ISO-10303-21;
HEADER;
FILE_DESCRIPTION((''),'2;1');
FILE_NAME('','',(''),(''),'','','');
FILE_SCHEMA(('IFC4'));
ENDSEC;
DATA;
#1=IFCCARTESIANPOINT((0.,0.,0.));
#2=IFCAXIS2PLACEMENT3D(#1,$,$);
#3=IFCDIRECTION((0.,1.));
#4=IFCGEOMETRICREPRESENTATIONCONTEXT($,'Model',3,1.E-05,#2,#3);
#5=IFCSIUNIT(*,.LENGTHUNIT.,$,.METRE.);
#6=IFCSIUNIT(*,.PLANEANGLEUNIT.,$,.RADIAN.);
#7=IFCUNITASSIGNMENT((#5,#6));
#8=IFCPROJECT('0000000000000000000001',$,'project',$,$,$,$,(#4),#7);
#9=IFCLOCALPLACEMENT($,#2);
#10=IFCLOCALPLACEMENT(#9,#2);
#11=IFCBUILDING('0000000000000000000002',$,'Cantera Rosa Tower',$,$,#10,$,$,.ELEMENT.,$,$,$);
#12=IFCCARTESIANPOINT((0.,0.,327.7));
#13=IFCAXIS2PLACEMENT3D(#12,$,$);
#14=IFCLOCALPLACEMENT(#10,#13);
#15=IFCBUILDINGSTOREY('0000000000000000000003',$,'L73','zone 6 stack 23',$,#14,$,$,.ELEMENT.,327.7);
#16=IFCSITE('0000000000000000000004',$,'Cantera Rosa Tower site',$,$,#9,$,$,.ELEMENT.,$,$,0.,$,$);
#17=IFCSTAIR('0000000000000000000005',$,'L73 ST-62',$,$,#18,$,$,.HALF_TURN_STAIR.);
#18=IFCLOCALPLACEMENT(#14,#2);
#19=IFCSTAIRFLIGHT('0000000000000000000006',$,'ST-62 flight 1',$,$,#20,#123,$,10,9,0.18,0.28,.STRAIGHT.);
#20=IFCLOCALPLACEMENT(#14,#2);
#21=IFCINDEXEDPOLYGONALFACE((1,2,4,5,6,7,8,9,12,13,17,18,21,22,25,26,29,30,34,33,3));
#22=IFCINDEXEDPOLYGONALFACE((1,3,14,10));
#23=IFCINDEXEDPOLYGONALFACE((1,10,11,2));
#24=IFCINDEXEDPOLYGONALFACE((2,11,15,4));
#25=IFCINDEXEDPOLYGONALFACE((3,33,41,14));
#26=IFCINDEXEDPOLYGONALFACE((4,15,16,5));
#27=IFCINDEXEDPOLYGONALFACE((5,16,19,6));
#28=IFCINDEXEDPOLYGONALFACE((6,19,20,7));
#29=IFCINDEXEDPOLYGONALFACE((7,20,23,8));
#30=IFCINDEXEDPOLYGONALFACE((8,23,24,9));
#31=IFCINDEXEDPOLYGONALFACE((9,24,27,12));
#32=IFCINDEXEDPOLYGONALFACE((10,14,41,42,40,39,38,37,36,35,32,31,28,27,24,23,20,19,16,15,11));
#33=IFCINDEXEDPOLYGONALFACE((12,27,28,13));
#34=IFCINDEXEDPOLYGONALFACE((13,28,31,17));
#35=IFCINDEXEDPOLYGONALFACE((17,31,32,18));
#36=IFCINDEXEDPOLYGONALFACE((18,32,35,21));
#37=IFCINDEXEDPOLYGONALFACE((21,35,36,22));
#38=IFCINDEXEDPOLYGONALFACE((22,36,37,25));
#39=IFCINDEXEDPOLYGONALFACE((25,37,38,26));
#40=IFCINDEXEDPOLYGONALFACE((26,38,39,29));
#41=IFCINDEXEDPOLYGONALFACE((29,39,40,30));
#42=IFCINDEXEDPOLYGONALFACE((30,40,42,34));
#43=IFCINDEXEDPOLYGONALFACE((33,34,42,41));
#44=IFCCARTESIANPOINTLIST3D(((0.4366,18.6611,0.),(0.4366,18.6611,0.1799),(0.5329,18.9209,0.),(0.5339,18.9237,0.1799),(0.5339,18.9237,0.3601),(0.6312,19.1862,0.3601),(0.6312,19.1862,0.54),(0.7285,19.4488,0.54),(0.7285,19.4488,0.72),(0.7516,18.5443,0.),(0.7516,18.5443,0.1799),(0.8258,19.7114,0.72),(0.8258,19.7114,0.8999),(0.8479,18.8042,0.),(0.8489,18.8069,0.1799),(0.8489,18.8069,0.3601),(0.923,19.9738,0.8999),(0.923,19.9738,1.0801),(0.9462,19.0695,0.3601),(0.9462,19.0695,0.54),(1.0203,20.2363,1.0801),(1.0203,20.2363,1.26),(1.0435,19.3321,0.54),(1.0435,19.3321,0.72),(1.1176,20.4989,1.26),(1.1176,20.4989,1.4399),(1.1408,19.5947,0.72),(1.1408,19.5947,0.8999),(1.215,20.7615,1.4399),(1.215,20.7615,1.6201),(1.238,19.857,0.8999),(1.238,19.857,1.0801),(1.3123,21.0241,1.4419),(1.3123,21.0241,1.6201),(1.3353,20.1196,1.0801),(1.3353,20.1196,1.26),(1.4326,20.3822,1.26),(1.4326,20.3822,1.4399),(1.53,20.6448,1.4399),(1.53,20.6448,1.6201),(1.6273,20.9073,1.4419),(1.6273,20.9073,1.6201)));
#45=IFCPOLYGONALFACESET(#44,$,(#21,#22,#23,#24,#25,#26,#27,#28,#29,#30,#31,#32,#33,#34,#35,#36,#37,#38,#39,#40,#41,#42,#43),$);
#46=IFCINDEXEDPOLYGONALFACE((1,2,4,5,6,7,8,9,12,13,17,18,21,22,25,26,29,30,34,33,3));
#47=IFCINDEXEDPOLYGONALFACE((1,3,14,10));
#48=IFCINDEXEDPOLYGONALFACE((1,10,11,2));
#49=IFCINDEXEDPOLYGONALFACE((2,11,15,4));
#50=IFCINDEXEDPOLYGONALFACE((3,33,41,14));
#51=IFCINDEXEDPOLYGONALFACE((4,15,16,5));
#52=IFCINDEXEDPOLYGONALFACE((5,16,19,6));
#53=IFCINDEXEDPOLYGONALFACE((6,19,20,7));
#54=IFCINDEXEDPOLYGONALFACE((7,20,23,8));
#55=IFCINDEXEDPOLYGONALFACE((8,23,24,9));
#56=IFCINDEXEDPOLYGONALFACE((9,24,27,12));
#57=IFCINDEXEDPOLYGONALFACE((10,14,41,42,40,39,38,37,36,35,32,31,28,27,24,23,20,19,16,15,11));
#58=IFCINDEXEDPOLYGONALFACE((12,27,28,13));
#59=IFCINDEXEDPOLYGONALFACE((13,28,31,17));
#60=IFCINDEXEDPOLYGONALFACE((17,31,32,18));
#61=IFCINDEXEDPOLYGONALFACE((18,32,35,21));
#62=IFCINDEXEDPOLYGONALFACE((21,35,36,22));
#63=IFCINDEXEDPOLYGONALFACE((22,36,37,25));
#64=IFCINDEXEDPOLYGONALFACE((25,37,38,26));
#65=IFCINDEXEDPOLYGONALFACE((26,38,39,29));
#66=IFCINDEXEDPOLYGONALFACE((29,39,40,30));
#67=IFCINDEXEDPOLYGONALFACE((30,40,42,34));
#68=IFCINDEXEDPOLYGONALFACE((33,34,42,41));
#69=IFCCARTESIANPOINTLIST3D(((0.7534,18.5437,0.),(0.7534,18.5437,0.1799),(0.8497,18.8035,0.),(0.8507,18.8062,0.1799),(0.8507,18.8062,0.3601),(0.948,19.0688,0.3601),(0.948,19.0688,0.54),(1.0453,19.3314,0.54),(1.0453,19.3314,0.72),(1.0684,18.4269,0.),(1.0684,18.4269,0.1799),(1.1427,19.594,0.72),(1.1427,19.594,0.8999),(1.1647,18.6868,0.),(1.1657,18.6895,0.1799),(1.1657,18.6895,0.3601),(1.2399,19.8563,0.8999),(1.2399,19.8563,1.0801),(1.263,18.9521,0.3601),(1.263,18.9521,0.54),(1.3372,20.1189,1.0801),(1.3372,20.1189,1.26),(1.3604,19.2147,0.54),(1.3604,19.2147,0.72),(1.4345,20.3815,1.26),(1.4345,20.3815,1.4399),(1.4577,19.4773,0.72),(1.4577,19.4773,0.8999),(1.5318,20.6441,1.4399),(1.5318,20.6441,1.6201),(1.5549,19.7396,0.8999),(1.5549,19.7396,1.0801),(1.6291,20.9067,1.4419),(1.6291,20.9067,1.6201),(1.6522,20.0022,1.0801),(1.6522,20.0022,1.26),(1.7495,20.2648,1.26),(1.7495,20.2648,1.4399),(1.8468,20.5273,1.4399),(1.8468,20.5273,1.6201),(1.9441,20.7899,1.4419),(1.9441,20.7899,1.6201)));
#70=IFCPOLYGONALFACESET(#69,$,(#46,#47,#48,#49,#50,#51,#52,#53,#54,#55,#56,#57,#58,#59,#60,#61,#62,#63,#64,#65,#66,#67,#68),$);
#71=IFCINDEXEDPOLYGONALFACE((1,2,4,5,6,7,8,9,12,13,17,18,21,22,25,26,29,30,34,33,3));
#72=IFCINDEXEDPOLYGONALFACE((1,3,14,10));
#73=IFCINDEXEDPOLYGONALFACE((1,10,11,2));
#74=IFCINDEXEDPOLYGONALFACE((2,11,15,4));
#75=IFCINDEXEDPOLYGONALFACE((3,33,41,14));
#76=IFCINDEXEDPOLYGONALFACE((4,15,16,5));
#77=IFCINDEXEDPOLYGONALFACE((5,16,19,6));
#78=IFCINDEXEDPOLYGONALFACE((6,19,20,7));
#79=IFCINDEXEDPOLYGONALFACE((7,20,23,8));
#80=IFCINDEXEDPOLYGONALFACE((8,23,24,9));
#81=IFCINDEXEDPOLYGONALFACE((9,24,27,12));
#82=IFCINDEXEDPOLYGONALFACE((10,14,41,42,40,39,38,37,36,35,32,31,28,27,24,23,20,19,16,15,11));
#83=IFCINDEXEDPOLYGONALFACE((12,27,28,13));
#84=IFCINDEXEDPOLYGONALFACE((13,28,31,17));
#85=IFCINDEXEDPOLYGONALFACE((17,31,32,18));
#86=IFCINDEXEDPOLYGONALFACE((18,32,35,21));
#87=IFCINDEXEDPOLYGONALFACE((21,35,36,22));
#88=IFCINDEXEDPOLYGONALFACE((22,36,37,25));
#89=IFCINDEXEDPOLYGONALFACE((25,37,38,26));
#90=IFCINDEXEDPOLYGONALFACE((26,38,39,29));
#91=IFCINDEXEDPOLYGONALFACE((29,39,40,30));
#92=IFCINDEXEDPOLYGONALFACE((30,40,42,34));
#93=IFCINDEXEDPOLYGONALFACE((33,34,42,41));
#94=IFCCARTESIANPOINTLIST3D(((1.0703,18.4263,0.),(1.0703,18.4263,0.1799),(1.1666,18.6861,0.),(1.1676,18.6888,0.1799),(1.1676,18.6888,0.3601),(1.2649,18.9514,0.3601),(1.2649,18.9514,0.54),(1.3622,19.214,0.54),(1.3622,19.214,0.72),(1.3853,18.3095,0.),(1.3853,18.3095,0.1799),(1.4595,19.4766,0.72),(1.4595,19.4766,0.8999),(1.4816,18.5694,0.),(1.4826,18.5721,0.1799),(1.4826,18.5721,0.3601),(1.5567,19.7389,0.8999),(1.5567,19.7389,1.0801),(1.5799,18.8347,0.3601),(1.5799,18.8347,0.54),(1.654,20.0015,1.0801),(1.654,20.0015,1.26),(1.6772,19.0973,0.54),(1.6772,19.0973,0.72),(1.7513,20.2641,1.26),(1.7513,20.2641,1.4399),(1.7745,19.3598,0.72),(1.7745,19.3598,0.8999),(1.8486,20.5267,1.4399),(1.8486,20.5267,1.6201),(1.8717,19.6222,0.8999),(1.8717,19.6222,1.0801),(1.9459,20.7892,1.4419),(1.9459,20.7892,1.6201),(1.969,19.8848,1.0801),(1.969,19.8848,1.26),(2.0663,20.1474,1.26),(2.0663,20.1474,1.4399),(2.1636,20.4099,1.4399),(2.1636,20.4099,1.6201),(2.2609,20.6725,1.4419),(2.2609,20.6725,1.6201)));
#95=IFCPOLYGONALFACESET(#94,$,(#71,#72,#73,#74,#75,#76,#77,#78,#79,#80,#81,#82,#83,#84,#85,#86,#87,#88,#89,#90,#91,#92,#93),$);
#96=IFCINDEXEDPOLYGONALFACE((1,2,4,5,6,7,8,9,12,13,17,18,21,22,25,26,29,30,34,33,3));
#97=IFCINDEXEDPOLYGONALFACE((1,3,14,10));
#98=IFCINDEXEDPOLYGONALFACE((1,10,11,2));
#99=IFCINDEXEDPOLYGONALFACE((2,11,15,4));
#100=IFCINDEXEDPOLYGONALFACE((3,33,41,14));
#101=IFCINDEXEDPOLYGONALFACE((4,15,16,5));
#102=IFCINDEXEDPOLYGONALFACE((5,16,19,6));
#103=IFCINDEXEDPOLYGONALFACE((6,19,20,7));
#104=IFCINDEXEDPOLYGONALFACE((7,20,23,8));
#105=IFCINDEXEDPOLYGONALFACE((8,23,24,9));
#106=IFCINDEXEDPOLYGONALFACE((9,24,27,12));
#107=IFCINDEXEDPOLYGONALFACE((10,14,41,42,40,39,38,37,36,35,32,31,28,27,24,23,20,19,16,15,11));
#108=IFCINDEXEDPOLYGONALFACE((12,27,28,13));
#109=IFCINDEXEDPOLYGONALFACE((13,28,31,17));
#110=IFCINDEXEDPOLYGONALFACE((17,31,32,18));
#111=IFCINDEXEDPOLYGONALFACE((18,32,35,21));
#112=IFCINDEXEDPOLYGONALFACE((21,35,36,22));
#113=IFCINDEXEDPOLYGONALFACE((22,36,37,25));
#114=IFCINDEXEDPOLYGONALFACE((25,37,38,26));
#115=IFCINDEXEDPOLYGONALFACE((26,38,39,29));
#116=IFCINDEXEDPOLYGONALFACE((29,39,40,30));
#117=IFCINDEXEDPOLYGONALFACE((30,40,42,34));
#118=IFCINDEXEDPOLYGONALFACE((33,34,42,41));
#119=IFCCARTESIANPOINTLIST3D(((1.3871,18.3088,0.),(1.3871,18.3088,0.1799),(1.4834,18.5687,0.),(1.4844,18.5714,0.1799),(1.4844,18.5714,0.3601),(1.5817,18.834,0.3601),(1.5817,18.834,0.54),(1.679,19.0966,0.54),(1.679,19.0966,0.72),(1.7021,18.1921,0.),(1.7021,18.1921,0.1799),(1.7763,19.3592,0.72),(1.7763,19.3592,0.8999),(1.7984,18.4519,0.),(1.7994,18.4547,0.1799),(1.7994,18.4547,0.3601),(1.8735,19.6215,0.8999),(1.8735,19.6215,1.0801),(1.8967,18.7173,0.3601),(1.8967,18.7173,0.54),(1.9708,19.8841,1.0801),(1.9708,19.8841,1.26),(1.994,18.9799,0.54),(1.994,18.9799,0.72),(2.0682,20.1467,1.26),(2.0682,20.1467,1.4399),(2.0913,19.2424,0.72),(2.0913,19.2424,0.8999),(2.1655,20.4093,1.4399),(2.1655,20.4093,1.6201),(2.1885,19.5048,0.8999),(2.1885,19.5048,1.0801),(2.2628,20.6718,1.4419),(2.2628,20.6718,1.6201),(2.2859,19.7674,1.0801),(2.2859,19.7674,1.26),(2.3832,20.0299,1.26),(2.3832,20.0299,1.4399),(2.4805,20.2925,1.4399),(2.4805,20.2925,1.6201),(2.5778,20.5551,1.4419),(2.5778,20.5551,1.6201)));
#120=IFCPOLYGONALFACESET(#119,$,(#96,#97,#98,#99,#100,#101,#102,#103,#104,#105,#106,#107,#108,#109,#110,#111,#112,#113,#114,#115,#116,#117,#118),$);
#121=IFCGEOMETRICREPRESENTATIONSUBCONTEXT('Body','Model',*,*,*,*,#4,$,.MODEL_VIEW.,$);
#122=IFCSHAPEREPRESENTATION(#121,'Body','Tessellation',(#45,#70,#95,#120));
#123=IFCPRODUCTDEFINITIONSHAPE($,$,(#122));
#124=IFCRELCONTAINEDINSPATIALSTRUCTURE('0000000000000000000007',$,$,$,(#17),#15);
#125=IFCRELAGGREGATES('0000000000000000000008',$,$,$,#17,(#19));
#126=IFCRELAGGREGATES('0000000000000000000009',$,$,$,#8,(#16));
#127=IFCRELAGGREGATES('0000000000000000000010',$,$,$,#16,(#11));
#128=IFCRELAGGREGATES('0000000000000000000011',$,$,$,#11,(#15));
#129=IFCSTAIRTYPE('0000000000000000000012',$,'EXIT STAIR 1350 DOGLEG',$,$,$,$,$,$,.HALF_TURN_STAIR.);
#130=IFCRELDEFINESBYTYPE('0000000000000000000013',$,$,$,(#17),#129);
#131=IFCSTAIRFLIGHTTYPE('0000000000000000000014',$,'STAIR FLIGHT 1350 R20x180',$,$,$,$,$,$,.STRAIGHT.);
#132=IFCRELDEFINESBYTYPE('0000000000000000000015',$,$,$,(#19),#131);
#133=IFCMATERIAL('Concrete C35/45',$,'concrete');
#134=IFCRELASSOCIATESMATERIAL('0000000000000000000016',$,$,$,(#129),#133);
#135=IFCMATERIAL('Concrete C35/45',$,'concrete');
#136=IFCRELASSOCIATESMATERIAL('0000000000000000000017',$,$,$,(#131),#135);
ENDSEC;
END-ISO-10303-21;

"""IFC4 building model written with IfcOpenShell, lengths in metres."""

from ifc_helpers import new_model, si_unit, direction, frame, origin, place, context, subcontext, project, spatial, polyline, outline, extrude, material, type_object, element, aggregate, save


model = new_model("IFC4")

# Units and contexts
model_context = context("Model", 3, precision=1e-05, world=origin(), true_north=direction((0.0, 1.0)))
body_context = subcontext(model_context, "Body", "Model", "MODEL_VIEW")
ifc_project = project(units=[si_unit("LENGTHUNIT", "METRE"), si_unit("PLANEANGLEUNIT", "RADIAN")], contexts=[model_context])

# Site, building, storey
site_placement = place(None, origin())
site = spatial("IfcSite", under=ifc_project, at=site_placement, Name="Cantera Rosa Tower site", CompositionType="ELEMENT", RefElevation=0.0)
building_placement = place(site_placement, origin())
building = spatial("IfcBuilding", under=site, at=building_placement, Name="Cantera Rosa Tower", CompositionType="ELEMENT")
storey_placement = place(building_placement, frame((0.0, 0.0, 327.7)))
storey = spatial("IfcBuildingStorey", under=building, at=storey_placement, Name="L73", Description="zone 6 stack 23", CompositionType="ELEMENT", Elevation=327.7)

# Stair, stair flight
ifc_material_1 = material(Name="Concrete C35/45", Category="concrete")
stair_type = type_object("IfcStairType", Name="EXIT STAIR 1350 DOGLEG", PredefinedType="HALF_TURN_STAIR", material=ifc_material_1)
stair_placement = place(storey_placement, origin())
stair = element("IfcStair", 1, at=stair_placement, inside=storey, type_object=stair_type, Name="L73 ST-62", PredefinedType="HALF_TURN_STAIR")
ifc_material_2 = material(Name="Concrete C35/45", Category="concrete")
stair_flight_type = type_object("IfcStairFlightType", Name="STAIR FLIGHT 1350 R20x180", PredefinedType="STRAIGHT", material=ifc_material_2)
stair_flight_placement = place(storey_placement, frame((1.0696, 18.4265, 0.0), z_axis=(0.0, 0.0, 1.0), x_axis=(0.347481, 0.937687, 0.0)))
stair_flight = element("IfcStairFlight", 2, at=stair_flight_placement, type_object=stair_flight_type, Name="ST-62 flight 1", NumberOfRisers=10, NumberOfTreads=9, PredefinedType="STRAIGHT", RiserHeight=0.18, TreadLength=0.28, context=body_context, shape_type="SweptSolid", body=[
    extrude(outline(polyline([(0.0, 0.0), (0.0, 0.1799), (0.28, 0.1799), (0.28, 0.3601), (0.5601, 0.3601), (0.5601, 0.54), (0.8401, 0.54), (0.8401, 0.72), (1.1201, 0.72), (1.1201, 0.8999), (1.3999, 0.8999), (1.3999, 1.0801), (1.6799, 1.0801), (1.6799, 1.26), (1.96, 1.26), (1.96, 1.4399), (2.24, 1.4399), (2.24, 1.6201), (2.52, 1.6201), (2.52, 1.8), (2.52, 1.4419), (0.2771, 0.0), (0.0, 0.0)])), frame((0.0, 0.675, 0.0), z_axis=(0.0, -1.0, 0.0), x_axis=(1.0, 0.0, 0.0)), (0.0, 0.0, 1.0), 0.3359),
    extrude(outline(polyline([(0.0, 0.0), (0.0, 0.1799), (0.28, 0.1799), (0.28, 0.3601), (0.5601, 0.3601), (0.5601, 0.54), (0.8401, 0.54), (0.8401, 0.72), (1.1201, 0.72), (1.1201, 0.8999), (1.3999, 0.8999), (1.3999, 1.0801), (1.6799, 1.0801), (1.6799, 1.26), (1.96, 1.26), (1.96, 1.4399), (2.24, 1.4399), (2.24, 1.6201), (2.52, 1.6201), (2.52, 1.8), (2.52, 1.4419), (0.2771, 0.0), (0.0, 0.0)])), frame((0.0, 0.3372, 0.0), z_axis=(0.0, -1.0, 0.0), x_axis=(1.0, 0.0, 0.0)), (0.0, 0.0, 1.0), 0.3359),
    extrude(outline(polyline([(0.0, 0.0), (0.0, 0.1799), (0.28, 0.1799), (0.28, 0.3601), (0.5601, 0.3601), (0.5601, 0.54), (0.8401, 0.54), (0.8401, 0.72), (1.1201, 0.72), (1.1201, 0.8999), (1.3999, 0.8999), (1.3999, 1.0801), (1.6799, 1.0801), (1.6799, 1.26), (1.96, 1.26), (1.96, 1.4399), (2.24, 1.4399), (2.24, 1.6201), (2.52, 1.6201), (2.52, 1.8), (2.52, 1.4419), (0.2771, 0.0), (0.0, 0.0)])), frame((0.0, -0.0007, 0.0), z_axis=(0.0, -1.0, 0.0), x_axis=(1.0, 0.0, 0.0)), (0.0, 0.0, 1.0), 0.3359),
    extrude(outline(polyline([(0.0, 0.0), (0.0, 0.1799), (0.28, 0.1799), (0.28, 0.3601), (0.5601, 0.3601), (0.5601, 0.54), (0.8401, 0.54), (0.8401, 0.72), (1.1201, 0.72), (1.1201, 0.8999), (1.3999, 0.8999), (1.3999, 1.0801), (1.6799, 1.0801), (1.6799, 1.26), (1.96, 1.26), (1.96, 1.4399), (2.24, 1.4399), (2.24, 1.6201), (2.52, 1.6201), (2.52, 1.8), (2.52, 1.4419), (0.2771, 0.0), (0.0, 0.0)])), frame((0.0, -0.3386, 0.0), z_axis=(0.0, -1.0, 0.0), x_axis=(1.0, 0.0, 0.0)), (0.0, 0.0, 1.0), 0.3359),
])
aggregate(stair, [stair_flight])

save(model, "model.ifc")
